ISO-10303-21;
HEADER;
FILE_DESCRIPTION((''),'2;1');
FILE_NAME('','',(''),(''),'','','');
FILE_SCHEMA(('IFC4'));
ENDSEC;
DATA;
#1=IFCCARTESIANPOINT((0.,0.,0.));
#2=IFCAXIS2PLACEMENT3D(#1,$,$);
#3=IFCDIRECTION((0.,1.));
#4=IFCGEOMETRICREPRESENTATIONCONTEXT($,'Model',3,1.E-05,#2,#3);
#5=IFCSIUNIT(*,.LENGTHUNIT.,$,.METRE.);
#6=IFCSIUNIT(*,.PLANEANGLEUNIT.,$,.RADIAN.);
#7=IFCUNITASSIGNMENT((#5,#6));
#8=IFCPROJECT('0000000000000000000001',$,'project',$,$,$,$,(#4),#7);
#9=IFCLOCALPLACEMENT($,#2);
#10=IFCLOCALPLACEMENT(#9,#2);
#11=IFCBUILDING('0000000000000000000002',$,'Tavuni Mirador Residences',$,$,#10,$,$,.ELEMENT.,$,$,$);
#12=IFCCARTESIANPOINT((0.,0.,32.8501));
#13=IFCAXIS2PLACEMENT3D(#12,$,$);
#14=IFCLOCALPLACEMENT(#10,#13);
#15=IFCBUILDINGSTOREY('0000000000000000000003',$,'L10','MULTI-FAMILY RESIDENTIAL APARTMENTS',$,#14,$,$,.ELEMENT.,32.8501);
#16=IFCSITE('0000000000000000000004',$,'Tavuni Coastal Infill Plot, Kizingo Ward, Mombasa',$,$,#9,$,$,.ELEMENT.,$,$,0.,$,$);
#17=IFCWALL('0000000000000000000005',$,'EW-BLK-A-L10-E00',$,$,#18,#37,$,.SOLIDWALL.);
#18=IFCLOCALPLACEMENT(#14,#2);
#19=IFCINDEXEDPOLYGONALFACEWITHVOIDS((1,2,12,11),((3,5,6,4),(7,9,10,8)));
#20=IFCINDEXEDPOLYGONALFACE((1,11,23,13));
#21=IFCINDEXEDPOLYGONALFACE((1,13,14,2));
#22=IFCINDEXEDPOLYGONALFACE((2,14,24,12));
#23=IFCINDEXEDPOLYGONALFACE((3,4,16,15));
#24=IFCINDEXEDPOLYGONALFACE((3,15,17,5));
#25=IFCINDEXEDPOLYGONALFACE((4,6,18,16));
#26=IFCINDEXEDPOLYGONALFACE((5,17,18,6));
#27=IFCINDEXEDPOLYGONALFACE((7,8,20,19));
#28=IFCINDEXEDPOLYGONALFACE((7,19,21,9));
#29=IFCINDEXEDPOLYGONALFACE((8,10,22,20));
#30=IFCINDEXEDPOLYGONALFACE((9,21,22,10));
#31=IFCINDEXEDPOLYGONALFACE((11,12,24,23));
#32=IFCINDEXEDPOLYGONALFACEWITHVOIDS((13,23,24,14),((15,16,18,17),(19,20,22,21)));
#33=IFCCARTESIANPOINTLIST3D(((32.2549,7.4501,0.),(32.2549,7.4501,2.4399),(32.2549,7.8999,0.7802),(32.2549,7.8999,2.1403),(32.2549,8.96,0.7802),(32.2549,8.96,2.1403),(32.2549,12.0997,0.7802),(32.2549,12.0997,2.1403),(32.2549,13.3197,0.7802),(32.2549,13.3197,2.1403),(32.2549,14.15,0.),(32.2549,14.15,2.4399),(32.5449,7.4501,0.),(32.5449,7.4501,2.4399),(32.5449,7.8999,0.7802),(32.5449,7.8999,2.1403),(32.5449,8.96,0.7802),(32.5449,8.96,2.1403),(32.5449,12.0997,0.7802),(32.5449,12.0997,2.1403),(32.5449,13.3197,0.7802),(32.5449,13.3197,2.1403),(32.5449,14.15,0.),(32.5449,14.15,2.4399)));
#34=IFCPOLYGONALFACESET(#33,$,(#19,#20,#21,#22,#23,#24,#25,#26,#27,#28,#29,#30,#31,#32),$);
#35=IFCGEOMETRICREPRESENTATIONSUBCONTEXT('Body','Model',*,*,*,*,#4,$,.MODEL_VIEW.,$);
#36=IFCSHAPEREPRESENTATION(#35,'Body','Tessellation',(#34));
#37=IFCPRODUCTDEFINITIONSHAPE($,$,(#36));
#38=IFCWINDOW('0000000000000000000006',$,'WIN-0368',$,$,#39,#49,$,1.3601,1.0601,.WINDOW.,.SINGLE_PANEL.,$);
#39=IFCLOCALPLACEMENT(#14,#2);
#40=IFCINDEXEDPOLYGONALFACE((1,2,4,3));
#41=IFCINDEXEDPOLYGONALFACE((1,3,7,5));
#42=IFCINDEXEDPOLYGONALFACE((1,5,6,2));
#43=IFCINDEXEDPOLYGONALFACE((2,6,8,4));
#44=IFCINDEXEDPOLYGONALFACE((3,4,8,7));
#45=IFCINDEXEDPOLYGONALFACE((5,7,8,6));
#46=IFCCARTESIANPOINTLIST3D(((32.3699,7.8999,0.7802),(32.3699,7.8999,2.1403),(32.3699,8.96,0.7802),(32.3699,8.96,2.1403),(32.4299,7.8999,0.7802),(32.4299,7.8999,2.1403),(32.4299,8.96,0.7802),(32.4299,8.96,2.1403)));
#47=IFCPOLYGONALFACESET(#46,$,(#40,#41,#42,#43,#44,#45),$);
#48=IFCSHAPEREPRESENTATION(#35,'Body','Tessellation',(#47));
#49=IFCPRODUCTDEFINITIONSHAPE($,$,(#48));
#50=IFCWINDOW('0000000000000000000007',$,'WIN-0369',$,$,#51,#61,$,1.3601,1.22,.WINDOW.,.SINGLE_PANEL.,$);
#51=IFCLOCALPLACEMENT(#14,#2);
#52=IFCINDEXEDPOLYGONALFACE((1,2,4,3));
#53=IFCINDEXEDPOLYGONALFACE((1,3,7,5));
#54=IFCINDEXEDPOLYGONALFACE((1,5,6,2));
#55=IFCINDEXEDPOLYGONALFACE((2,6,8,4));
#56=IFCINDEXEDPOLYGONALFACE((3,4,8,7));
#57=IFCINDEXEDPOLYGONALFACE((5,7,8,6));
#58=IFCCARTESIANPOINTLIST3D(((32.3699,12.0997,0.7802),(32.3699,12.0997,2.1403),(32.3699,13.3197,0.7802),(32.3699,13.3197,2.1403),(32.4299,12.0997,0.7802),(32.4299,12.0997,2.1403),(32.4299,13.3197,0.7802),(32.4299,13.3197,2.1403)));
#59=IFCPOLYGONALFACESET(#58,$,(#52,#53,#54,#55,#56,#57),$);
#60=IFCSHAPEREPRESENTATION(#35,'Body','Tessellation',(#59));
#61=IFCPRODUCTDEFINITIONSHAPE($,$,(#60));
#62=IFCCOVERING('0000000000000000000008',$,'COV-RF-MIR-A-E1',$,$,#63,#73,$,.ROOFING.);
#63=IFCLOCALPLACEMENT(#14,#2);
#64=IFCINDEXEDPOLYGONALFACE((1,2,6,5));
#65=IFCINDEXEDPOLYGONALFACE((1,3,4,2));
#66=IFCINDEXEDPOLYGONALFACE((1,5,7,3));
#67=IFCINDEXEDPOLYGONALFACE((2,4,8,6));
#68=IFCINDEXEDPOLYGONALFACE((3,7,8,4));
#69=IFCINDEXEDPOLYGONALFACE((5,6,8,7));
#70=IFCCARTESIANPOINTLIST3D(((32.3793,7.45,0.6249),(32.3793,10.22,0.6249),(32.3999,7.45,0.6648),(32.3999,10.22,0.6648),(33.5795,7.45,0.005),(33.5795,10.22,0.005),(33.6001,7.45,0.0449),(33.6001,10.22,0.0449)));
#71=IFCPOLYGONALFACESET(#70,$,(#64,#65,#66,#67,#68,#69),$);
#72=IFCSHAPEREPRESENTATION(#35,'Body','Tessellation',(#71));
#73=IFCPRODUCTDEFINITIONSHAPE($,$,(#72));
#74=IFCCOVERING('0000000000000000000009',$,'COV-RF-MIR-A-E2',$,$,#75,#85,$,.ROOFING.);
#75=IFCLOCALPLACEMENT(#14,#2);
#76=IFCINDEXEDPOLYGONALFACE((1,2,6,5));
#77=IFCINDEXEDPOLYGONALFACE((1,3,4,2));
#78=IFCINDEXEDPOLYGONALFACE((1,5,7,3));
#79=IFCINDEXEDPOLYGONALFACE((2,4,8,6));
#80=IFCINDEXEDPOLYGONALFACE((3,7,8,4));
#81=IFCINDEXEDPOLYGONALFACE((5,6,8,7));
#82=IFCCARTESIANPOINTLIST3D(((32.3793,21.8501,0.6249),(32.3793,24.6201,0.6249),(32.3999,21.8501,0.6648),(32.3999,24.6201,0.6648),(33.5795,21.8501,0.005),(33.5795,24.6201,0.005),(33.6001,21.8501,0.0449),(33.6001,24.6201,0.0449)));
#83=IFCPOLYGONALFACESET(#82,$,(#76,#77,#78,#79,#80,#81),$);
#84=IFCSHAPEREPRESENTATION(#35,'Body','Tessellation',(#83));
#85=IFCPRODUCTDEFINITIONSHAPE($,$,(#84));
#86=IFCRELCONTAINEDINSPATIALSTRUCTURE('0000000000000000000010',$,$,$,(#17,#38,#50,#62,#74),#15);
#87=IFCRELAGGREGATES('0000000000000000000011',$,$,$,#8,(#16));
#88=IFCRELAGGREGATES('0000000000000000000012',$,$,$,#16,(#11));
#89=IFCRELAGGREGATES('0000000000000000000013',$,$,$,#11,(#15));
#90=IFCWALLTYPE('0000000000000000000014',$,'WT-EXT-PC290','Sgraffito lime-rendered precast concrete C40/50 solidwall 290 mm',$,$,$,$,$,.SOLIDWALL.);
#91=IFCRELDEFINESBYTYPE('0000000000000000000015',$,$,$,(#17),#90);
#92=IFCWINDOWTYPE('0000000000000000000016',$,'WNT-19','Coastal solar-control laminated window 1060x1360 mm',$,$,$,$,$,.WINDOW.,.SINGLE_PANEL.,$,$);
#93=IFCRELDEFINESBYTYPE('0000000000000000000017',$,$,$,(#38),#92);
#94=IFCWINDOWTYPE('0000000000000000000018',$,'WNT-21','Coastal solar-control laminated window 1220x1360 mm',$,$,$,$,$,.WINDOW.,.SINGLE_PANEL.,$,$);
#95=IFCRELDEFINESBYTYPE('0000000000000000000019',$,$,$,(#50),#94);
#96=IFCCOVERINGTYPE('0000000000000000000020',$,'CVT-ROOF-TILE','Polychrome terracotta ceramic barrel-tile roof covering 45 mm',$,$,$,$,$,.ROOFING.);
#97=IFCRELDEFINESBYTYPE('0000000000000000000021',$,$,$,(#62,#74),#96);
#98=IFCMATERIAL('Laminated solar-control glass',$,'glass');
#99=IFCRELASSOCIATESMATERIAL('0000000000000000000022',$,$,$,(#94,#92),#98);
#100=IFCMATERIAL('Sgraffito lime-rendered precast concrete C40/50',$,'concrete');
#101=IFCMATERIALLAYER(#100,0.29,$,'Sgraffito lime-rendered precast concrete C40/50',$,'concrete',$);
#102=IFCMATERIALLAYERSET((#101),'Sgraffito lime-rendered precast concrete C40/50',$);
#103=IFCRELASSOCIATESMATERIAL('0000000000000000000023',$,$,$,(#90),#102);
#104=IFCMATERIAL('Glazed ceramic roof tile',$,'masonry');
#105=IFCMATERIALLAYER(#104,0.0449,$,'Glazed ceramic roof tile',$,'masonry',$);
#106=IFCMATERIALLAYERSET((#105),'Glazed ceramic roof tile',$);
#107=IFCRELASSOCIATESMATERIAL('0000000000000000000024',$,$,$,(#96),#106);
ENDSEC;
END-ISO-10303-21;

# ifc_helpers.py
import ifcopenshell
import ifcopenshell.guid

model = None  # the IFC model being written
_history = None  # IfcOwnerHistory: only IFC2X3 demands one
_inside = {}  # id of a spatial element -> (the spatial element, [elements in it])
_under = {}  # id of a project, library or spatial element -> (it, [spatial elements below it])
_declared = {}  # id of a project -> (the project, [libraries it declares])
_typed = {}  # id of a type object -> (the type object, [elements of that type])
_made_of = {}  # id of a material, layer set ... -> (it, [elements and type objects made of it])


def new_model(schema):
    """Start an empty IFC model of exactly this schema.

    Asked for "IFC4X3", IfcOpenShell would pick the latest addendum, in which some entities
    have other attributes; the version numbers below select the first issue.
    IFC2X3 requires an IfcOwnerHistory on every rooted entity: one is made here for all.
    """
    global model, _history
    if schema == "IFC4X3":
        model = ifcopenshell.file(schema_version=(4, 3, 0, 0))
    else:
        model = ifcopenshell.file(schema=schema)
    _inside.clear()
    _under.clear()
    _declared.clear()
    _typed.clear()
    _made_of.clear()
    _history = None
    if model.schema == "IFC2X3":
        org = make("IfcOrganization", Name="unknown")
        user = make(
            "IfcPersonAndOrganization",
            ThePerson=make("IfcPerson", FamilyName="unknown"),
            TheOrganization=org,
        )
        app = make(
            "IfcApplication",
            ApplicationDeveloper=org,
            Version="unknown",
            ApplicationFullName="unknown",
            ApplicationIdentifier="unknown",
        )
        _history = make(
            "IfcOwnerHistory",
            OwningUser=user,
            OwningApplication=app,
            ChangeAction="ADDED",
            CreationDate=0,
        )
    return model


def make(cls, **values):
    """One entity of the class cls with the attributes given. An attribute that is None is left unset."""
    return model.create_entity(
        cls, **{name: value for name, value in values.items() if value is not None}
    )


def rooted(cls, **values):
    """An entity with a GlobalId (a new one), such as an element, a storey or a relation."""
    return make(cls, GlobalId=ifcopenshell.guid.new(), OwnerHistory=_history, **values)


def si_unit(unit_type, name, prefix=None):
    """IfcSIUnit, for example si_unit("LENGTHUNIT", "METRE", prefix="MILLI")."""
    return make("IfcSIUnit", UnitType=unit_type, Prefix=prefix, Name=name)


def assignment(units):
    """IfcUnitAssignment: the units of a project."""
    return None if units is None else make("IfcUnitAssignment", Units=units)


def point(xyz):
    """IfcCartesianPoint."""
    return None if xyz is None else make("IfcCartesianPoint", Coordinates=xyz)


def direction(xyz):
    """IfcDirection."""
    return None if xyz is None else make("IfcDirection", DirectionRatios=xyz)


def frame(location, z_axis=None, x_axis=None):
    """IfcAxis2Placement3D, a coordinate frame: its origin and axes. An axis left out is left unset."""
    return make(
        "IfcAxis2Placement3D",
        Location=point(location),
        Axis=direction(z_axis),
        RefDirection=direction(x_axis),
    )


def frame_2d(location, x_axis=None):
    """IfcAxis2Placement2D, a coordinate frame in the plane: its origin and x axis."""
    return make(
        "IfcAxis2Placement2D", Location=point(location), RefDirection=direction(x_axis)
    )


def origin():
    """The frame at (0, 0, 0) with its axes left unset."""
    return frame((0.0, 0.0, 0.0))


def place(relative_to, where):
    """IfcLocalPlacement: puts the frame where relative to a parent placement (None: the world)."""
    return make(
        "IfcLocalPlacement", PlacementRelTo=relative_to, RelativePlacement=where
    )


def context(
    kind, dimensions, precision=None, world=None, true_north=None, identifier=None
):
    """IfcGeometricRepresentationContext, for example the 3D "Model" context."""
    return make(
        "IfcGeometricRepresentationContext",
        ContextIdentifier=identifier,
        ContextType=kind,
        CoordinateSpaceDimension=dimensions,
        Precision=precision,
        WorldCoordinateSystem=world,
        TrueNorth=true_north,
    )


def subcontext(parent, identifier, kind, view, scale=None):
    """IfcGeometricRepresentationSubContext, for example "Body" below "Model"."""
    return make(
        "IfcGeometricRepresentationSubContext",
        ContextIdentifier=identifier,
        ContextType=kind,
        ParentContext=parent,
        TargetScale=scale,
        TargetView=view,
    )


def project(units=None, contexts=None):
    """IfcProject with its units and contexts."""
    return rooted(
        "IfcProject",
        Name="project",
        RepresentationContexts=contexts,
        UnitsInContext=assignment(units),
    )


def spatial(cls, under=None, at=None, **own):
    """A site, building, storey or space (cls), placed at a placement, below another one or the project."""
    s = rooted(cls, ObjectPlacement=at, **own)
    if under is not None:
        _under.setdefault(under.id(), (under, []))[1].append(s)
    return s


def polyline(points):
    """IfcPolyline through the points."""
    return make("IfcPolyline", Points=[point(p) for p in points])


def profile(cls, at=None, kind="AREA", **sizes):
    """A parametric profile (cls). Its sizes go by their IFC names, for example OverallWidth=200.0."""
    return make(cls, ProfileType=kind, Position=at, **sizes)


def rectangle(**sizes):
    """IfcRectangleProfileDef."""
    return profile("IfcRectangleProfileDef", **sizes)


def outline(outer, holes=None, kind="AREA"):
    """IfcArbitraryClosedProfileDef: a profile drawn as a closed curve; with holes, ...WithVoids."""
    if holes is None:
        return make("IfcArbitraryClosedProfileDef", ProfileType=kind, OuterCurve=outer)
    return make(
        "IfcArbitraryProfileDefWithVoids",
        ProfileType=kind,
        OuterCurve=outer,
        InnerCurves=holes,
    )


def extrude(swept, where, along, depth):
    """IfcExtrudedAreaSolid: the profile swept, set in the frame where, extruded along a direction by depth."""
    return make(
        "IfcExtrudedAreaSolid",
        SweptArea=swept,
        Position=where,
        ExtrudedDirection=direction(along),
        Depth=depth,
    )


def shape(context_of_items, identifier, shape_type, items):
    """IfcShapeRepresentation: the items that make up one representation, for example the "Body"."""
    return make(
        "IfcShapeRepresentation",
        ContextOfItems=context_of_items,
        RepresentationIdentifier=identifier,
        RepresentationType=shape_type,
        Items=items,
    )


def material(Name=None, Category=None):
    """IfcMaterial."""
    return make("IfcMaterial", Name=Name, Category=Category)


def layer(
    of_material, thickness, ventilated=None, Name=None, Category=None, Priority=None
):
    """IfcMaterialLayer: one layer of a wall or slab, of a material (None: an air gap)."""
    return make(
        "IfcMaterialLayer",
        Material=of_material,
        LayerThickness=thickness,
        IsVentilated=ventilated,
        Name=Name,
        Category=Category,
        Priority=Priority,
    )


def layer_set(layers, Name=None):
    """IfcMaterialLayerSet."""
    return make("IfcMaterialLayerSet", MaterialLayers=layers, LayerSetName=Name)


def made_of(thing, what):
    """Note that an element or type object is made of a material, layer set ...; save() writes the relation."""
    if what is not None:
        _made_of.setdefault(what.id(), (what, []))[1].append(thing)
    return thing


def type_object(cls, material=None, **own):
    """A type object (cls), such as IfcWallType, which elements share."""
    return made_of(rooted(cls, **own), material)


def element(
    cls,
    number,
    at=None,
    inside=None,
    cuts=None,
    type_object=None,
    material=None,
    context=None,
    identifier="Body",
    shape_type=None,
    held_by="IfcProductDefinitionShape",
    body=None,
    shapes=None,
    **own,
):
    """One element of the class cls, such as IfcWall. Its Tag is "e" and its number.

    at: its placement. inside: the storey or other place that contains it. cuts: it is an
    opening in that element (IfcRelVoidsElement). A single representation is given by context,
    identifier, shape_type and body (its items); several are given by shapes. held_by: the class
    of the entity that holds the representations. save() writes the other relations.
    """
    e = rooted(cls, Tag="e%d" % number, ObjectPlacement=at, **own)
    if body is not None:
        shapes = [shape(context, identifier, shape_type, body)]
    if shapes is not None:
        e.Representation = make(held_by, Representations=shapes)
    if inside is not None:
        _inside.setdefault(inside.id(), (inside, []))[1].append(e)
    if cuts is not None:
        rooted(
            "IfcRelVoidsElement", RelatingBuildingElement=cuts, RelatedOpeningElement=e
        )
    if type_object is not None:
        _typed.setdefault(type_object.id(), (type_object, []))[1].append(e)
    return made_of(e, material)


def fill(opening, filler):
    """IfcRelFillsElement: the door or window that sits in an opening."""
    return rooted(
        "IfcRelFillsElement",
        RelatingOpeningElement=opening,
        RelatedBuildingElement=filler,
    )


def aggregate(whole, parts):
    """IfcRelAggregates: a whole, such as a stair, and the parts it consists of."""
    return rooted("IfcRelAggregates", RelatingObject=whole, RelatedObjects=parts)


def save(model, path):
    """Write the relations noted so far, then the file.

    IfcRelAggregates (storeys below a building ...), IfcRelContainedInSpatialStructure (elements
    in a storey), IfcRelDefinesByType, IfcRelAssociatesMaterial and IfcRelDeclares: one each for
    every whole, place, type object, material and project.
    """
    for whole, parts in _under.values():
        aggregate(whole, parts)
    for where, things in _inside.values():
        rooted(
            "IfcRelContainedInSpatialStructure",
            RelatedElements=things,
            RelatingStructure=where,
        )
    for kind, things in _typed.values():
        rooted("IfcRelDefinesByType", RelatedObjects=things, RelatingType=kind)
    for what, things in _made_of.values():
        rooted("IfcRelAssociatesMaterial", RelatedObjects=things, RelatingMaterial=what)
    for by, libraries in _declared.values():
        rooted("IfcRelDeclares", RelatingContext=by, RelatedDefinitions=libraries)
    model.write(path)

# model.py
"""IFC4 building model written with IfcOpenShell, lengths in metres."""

from ifc_helpers import new_model, si_unit, direction, frame, frame_2d, origin, place, context, subcontext, project, spatial, polyline, rectangle, outline, extrude, material, layer, layer_set, type_object, element, fill, save


model = new_model("IFC4")

# Units and contexts
model_context = context("Model", 3, precision=1e-05, world=origin(), true_north=direction((0.0, 1.0)))
body_context = subcontext(model_context, "Body", "Model", "MODEL_VIEW")
ifc_project = project(units=[si_unit("LENGTHUNIT", "METRE"), si_unit("PLANEANGLEUNIT", "RADIAN")], contexts=[model_context])

# Site, building, storey
site_placement = place(None, origin())
site = spatial("IfcSite", under=ifc_project, at=site_placement, Name="Tavuni Coastal Infill Plot, Kizingo Ward, Mombasa", CompositionType="ELEMENT", RefElevation=0.0)
building_placement = place(site_placement, origin())
building = spatial("IfcBuilding", under=site, at=building_placement, Name="Tavuni Mirador Residences", CompositionType="ELEMENT")
storey_placement = place(building_placement, frame((0.0, 0.0, 32.8501)))
storey = spatial("IfcBuildingStorey", under=building, at=storey_placement, Name="L10", Description="MULTI-FAMILY RESIDENTIAL APARTMENTS", CompositionType="ELEMENT", Elevation=32.8501)

# Wall, openings, windows
ifc_material_1 = material(Name="Sgraffito lime-rendered precast concrete C40/50", Category="concrete")
ifc_material_2 = material(Name="Laminated solar-control glass", Category="glass")
window_type_1 = type_object("IfcWindowType", Name="WNT-21", Description="Coastal solar-control laminated window 1220x1360 mm", PartitioningType="SINGLE_PANEL", PredefinedType="WINDOW", material=ifc_material_2)
ifc_layer_1 = layer(ifc_material_1, 0.29, Name="Sgraffito lime-rendered precast concrete C40/50", Category="concrete")
ifc_layer_set_1 = layer_set([ifc_layer_1], Name="Sgraffito lime-rendered precast concrete C40/50")
wall_type_1 = type_object("IfcWallType", Name="WT-EXT-PC290", Description="Sgraffito lime-rendered precast concrete C40/50 solidwall 290 mm", PredefinedType="SOLIDWALL", material=ifc_layer_set_1)
wall_1_placement = place(storey_placement, frame((32.3999, 7.45, 0.0), z_axis=(0.0, 0.0, 1.0), x_axis=(0.0, 1.0, 0.0)))
wall_1 = element("IfcWall", 1, at=wall_1_placement, inside=storey, type_object=wall_type_1, Name="EW-BLK-A-L10-E00", PredefinedType="SOLIDWALL", context=body_context, shape_type="SweptSolid", body=[
    extrude(rectangle(XDim=6.7, YDim=0.29, at=frame_2d((3.3501, 0.0))), origin(), (0.0, 0.0, 1.0), 2.4399),
])
opening_1_placement = place(wall_1_placement, frame((0.45, 0.0, 0.78)))
opening_1 = element("IfcOpeningElement", 2, at=opening_1_placement, cuts=wall_1, PredefinedType="OPENING", context=body_context, shape_type="SweptSolid", body=[
    extrude(rectangle(XDim=1.0601, YDim=1.3601, at=frame_2d((0.53, 0.6802))), frame((0.0, 0.155, 0.0), z_axis=(0.0, -1.0, 0.0), x_axis=(1.0, 0.0, 0.0)), (0.0, 0.0, 1.0), 0.3101),
])
opening_2_placement = place(wall_1_placement, frame((4.6499, 0.0, 0.78)))
opening_2 = element("IfcOpeningElement", 3, at=opening_2_placement, cuts=wall_1, PredefinedType="OPENING", context=body_context, shape_type="SweptSolid", body=[
    extrude(rectangle(XDim=1.22, YDim=1.3601, at=frame_2d((0.6099, 0.6802))), frame((0.0, 0.155, 0.0), z_axis=(0.0, -1.0, 0.0), x_axis=(1.0, 0.0, 0.0)), (0.0, 0.0, 1.0), 0.3101),
])
window_type_2 = type_object("IfcWindowType", Name="WNT-19", Description="Coastal solar-control laminated window 1060x1360 mm", PartitioningType="SINGLE_PANEL", PredefinedType="WINDOW", material=ifc_material_2)
window_1_placement = place(opening_1_placement, origin())
window_1 = element("IfcWindow", 4, at=window_1_placement, inside=storey, type_object=window_type_2, Name="WIN-0368", OverallHeight=1.3601, OverallWidth=1.0601, PartitioningType="SINGLE_PANEL", PredefinedType="WINDOW", context=body_context, shape_type="SweptSolid", body=[
    extrude(rectangle(XDim=1.0601, YDim=1.3601, at=frame_2d((0.53, 0.6802))), frame((0.0, 0.03, 0.0), z_axis=(0.0, -1.0, 0.0), x_axis=(1.0, 0.0, 0.0)), (0.0, 0.0, 1.0), 0.0601),
])
fill(opening_1, window_1)
window_2_placement = place(opening_2_placement, origin())
window_2 = element("IfcWindow", 5, at=window_2_placement, inside=storey, type_object=window_type_1, Name="WIN-0369", OverallHeight=1.3601, OverallWidth=1.22, PartitioningType="SINGLE_PANEL", PredefinedType="WINDOW", context=body_context, shape_type="SweptSolid", body=[
    extrude(rectangle(XDim=1.22, YDim=1.3601, at=frame_2d((0.6099, 0.6802))), frame((0.0, 0.03, 0.0), z_axis=(0.0, -1.0, 0.0), x_axis=(1.0, 0.0, 0.0)), (0.0, 0.0, 1.0), 0.0601),
])
fill(opening_2, window_2)

# Coverings
ifc_material_3 = material(Name="Glazed ceramic roof tile", Category="masonry")
ifc_layer_2 = layer(ifc_material_3, 0.0449, Name="Glazed ceramic roof tile", Category="masonry")
ifc_layer_set_2 = layer_set([ifc_layer_2], Name="Glazed ceramic roof tile")
covering_type = type_object("IfcCoveringType", Name="CVT-ROOF-TILE", Description="Polychrome terracotta ceramic barrel-tile roof covering 45 mm", PredefinedType="ROOFING", material=ifc_layer_set_2)
for number, where, z_axis, x_axis, name in (
    (6, (32.3999, 7.45, 0.6648), (0.458887, 0.0, 0.888495), (0.0, 1.0, 0.0), "COV-RF-MIR-A-E1"),
    (7, (32.3999, 21.8501, 0.6648), (0.458887, 0.0, 0.888495), (0.0, 1.0, 0.0), "COV-RF-MIR-A-E2"),
):
    element("IfcCovering", number, at=place(storey_placement, frame(where, z_axis=z_axis, x_axis=x_axis)), inside=storey, type_object=covering_type, Name=name, PredefinedType="ROOFING", context=body_context, shape_type="SweptSolid", body=[
        extrude(outline(polyline([(0.0, 0.0), (2.77, 0.0), (2.77, -1.3508), (0.0, -1.3508), (0.0, 0.0)])), origin(), (0.0, 0.0, -1.0), 0.0449),
    ])

save(model, "model.ifc")
